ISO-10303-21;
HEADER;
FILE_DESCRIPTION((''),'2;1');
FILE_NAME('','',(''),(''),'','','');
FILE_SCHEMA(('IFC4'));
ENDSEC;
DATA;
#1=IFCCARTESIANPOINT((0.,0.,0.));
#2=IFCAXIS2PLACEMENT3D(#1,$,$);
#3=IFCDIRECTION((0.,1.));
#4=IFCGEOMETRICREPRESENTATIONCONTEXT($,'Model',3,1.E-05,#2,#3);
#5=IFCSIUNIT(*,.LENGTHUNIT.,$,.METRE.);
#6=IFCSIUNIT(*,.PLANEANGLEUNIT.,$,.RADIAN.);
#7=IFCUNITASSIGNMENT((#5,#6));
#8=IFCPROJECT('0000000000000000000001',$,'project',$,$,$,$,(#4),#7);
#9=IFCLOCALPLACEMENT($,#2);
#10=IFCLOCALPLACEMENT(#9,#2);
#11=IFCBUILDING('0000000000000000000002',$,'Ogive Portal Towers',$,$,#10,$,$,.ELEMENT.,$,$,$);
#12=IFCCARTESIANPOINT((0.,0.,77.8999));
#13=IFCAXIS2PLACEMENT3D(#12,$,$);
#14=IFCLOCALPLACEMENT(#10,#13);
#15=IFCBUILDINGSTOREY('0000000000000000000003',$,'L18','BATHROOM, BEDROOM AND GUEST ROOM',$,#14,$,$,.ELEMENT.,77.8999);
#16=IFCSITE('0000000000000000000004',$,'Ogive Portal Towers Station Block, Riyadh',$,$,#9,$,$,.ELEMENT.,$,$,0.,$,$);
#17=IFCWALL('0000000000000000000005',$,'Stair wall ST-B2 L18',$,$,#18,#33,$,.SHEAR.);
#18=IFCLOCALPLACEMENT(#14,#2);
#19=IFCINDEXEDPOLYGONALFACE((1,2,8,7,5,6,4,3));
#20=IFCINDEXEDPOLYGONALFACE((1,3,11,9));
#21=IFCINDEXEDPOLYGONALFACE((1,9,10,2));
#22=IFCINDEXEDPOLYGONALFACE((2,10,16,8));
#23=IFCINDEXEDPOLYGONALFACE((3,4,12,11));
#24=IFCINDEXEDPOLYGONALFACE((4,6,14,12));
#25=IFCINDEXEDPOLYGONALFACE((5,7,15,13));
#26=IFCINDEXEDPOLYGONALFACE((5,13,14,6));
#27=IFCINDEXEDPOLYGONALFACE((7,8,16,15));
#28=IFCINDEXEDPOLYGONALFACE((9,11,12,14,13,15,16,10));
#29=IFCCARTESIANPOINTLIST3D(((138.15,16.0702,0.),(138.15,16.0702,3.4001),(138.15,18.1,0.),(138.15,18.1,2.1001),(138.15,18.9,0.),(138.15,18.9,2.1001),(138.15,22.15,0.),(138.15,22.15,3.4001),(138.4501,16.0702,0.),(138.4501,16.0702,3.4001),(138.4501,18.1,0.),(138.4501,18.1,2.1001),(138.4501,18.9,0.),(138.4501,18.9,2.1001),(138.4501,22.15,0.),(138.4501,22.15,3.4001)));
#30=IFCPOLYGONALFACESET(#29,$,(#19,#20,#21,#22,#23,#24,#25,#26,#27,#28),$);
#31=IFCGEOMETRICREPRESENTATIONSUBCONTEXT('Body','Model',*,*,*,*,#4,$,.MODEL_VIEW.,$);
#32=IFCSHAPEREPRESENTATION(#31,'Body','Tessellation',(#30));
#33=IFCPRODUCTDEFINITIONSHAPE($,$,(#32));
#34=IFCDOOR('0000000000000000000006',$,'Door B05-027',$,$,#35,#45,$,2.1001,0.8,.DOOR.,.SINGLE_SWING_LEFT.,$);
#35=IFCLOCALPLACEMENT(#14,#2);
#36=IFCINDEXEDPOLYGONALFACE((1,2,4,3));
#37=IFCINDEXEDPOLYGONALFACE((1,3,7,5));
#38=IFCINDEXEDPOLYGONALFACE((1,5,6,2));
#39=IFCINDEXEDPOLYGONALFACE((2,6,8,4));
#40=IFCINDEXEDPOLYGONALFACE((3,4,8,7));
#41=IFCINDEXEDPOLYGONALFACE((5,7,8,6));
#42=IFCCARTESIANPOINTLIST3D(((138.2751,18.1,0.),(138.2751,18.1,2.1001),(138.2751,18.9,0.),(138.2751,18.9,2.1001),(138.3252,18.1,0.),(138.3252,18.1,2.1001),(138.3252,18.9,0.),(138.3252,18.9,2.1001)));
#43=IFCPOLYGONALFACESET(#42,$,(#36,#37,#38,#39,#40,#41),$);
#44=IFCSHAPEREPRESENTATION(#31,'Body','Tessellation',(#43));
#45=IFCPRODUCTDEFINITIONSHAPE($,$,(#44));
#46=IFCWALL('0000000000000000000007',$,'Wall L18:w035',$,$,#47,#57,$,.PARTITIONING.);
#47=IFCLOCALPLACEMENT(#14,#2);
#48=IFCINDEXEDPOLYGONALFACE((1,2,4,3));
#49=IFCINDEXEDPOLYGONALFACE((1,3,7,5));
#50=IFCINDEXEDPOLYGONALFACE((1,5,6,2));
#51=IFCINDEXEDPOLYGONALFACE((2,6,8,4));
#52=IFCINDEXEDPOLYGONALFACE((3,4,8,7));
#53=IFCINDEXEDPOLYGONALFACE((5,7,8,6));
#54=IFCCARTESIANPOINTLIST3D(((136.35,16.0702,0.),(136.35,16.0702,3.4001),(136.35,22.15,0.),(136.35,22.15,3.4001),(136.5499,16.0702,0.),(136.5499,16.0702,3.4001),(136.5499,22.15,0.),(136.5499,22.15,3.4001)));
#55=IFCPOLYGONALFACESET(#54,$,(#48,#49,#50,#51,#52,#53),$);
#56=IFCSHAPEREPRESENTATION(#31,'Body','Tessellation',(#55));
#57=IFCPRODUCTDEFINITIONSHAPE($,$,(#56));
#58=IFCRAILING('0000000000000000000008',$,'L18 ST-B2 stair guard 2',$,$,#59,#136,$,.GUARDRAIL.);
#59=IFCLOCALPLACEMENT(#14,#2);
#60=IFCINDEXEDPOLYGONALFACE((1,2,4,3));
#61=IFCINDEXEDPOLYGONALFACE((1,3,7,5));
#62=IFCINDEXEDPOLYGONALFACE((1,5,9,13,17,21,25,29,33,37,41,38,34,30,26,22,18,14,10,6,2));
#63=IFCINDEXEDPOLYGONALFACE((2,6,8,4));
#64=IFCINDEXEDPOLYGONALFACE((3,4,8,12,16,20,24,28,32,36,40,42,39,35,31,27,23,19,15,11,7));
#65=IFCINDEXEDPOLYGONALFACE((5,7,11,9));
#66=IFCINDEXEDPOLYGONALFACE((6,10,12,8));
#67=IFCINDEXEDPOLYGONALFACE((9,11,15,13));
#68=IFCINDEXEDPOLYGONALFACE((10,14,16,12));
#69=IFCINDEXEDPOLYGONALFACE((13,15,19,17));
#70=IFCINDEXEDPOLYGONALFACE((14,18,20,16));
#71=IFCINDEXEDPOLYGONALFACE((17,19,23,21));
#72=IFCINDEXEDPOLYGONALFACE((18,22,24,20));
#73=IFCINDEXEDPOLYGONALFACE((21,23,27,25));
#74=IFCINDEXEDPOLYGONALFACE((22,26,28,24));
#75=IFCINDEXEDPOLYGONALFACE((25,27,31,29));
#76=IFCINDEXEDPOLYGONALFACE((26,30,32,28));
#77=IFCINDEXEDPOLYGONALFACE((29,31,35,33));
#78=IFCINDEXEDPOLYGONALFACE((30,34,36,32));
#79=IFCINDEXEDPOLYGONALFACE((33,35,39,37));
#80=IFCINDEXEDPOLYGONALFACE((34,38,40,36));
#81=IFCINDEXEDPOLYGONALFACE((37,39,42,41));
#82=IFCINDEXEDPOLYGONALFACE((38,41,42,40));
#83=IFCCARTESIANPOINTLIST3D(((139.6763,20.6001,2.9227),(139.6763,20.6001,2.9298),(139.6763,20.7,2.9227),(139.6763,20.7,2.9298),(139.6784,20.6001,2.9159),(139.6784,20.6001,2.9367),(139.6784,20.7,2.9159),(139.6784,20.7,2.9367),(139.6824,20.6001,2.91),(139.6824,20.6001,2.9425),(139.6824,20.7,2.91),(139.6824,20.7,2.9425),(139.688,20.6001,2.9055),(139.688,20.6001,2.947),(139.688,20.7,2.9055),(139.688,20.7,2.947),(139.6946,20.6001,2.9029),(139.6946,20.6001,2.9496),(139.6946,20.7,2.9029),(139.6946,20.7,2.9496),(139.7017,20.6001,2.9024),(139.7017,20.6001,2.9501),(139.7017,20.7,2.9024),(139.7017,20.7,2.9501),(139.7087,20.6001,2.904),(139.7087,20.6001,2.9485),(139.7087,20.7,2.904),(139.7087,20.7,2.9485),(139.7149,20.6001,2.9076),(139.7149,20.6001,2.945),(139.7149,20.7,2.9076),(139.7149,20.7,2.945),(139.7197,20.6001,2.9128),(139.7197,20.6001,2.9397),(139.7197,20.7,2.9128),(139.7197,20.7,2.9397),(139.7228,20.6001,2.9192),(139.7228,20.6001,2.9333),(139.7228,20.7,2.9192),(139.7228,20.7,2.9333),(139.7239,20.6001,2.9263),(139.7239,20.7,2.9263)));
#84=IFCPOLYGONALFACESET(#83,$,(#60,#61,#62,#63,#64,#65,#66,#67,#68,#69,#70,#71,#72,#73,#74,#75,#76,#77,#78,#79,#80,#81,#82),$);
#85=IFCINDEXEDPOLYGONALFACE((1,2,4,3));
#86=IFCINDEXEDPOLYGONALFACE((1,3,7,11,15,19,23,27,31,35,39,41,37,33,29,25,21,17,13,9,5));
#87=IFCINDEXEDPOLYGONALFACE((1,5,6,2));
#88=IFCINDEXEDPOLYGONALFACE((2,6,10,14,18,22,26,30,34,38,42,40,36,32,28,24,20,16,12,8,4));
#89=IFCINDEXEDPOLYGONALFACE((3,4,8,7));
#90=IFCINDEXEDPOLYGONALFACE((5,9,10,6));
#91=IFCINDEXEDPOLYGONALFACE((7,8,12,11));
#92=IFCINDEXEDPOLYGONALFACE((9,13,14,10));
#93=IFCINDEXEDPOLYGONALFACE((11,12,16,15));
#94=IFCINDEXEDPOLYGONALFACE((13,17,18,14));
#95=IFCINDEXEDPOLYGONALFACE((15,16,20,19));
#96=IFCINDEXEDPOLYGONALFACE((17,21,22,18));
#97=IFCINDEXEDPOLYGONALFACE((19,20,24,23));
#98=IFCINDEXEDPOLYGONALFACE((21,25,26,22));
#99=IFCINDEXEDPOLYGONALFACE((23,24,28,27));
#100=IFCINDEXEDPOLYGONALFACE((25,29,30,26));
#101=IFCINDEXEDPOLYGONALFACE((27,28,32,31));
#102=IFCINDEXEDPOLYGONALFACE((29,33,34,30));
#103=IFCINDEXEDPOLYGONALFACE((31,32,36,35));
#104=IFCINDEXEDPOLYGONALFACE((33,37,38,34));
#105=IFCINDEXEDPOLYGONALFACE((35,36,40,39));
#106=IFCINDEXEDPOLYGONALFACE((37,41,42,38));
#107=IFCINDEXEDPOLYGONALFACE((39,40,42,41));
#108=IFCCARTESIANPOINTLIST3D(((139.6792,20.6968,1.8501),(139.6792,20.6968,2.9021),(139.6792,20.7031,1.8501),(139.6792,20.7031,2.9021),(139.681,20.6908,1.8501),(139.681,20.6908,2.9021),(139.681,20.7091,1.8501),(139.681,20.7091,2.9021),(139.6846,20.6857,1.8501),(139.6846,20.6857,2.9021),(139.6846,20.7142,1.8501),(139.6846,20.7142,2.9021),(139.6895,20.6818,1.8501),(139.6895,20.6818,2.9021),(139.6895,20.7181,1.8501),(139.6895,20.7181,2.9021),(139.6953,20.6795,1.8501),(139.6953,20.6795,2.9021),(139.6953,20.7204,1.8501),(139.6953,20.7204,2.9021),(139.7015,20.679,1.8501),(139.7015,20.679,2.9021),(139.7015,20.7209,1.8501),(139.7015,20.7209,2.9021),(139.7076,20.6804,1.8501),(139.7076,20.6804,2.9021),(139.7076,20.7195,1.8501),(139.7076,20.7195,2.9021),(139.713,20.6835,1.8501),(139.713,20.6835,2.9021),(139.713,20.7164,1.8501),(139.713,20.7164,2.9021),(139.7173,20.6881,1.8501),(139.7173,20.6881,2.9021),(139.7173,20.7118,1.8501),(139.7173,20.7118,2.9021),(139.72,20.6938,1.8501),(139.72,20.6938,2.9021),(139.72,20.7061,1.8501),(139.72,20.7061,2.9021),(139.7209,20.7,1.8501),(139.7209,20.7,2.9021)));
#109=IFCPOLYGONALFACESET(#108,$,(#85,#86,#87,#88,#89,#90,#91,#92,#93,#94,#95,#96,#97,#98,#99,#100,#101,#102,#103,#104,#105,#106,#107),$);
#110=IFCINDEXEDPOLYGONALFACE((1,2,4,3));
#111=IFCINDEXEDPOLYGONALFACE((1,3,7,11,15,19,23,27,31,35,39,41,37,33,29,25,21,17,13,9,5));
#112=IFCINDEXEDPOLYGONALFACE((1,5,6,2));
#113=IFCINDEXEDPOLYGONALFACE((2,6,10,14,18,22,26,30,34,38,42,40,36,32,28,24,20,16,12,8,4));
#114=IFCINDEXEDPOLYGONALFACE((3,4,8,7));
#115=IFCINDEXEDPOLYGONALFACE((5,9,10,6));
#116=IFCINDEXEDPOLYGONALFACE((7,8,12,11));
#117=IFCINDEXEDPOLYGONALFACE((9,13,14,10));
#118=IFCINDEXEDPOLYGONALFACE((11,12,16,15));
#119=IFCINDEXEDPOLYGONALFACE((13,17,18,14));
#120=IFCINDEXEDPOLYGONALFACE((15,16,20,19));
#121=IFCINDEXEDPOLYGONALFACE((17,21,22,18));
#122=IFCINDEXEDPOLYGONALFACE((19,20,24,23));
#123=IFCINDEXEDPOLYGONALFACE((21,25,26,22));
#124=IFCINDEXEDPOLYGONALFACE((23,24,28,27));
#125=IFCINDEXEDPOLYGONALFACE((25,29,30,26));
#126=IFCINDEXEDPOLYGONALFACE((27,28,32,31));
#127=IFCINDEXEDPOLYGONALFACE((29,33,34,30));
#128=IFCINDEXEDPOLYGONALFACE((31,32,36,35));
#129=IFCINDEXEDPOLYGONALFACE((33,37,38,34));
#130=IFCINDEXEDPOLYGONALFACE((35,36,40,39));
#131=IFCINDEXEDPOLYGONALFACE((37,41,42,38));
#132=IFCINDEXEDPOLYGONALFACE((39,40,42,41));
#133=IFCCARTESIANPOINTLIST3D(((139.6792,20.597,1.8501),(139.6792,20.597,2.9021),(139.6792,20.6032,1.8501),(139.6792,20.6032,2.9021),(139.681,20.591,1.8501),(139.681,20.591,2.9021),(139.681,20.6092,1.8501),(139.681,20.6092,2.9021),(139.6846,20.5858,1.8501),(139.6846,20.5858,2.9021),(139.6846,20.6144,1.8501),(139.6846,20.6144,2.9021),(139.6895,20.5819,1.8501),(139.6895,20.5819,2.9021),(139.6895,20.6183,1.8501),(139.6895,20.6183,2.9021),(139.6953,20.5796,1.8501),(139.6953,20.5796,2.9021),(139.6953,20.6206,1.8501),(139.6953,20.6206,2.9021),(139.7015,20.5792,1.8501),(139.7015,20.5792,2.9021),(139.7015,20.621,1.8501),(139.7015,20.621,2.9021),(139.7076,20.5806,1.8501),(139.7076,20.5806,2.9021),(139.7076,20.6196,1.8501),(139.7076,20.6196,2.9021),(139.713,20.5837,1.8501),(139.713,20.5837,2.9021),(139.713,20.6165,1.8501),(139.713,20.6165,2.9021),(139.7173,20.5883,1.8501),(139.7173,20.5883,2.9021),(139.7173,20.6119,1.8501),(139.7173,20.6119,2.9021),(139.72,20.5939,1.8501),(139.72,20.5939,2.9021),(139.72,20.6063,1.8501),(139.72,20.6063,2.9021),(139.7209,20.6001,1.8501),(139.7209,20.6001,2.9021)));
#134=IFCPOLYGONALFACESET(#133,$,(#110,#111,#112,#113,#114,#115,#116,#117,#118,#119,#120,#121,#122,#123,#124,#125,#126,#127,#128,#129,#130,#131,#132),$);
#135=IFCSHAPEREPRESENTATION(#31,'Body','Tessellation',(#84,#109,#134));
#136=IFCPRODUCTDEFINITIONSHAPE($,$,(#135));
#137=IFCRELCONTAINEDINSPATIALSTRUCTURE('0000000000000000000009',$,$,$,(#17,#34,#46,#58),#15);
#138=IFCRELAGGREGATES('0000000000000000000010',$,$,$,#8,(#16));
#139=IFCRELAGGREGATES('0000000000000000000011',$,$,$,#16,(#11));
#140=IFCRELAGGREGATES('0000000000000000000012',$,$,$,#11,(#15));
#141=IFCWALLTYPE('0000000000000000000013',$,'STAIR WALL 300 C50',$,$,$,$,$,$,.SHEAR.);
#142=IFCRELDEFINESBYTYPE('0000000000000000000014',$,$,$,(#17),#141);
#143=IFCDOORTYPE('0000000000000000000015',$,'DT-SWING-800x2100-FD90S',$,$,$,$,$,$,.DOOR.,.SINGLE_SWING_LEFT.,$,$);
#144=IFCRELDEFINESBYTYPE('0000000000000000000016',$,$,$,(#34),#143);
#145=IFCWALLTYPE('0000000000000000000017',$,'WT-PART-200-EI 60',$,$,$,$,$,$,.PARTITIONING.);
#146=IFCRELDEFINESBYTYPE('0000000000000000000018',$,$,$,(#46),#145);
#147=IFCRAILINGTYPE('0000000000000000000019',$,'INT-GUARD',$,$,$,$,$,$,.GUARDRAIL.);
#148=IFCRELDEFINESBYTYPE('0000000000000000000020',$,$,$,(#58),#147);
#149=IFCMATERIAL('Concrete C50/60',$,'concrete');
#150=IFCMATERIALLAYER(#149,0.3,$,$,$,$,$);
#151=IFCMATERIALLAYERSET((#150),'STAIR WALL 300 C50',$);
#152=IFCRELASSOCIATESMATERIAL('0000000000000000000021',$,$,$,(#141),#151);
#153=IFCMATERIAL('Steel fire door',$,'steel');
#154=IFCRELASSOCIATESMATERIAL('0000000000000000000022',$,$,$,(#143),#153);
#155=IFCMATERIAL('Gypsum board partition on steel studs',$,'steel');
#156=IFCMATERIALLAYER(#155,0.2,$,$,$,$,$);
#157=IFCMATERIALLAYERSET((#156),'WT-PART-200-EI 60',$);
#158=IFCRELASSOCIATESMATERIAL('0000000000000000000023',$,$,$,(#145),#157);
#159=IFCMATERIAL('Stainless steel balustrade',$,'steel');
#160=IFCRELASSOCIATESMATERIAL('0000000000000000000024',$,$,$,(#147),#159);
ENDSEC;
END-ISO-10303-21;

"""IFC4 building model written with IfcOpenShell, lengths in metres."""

from ifc_helpers import new_model, si_unit, direction, frame, frame_2d, origin, origin_2d, place, context, subcontext, project, spatial, rectangle, circle, extrude, material, layer, layer_set, type_object, element, fill, save


model = new_model("IFC4")

# Units and contexts
model_context = context("Model", 3, precision=1e-05, world=origin(), true_north=direction((0.0, 1.0)))
body_context = subcontext(model_context, "Body", "Model", "MODEL_VIEW")
ifc_project = project(units=[si_unit("LENGTHUNIT", "METRE"), si_unit("PLANEANGLEUNIT", "RADIAN")], contexts=[model_context])

# Site, building, storey
site_placement = place(None, origin())
site = spatial("IfcSite", under=ifc_project, at=site_placement, Name="Ogive Portal Towers Station Block, Riyadh", CompositionType="ELEMENT", RefElevation=0.0)
building_placement = place(site_placement, origin())
building = spatial("IfcBuilding", under=site, at=building_placement, Name="Ogive Portal Towers", CompositionType="ELEMENT")
storey_placement = place(building_placement, frame((0.0, 0.0, 77.8999)))
storey = spatial("IfcBuildingStorey", under=building, at=storey_placement, Name="L18", Description="BATHROOM, BEDROOM AND GUEST ROOM", CompositionType="ELEMENT", Elevation=77.8999)

# Shared definitions
ifc_material_1 = material(Name="Concrete C50/60", Category="concrete")

# Shared definitions
ifc_material_2 = material(Name="Steel fire door", Category="steel")

# Shared definitions
ifc_layer_1 = layer(ifc_material_1, 0.3)
ifc_layer_set_1 = layer_set([ifc_layer_1], Name="STAIR WALL 300 C50")
wall_type_1 = type_object("IfcWallType", Name="STAIR WALL 300 C50", PredefinedType="SHEAR", material=ifc_layer_set_1)

# Wall, opening, door
wall_1_placement = place(storey_placement, frame((138.3, 16.0701, 0.0), z_axis=(0.0, 0.0, 1.0), x_axis=(0.0, 1.0, 0.0)))
wall_1 = element("IfcWall", 1, at=wall_1_placement, inside=storey, type_object=wall_type_1, Name="Stair wall ST-B2 L18", PredefinedType="SHEAR", context=body_context, shape_type="SweptSolid", body=[
    extrude(rectangle(XDim=6.0798, YDim=0.3, at=frame_2d((3.04, 0.0))), origin(), (0.0, 0.0, 1.0), 3.4001),
])
opening_1_placement = place(wall_1_placement, frame((2.03, 0.0, 0.0)))
opening_1 = element("IfcOpeningElement", 2, at=opening_1_placement, cuts=wall_1, PredefinedType="OPENING", context=body_context, shape_type="SweptSolid", body=[
    extrude(rectangle(XDim=0.8, YDim=2.1001, at=frame_2d((0.3999, 1.05))), frame((0.0, 0.1602, 0.0), z_axis=(0.0, -1.0, 0.0), x_axis=(1.0, 0.0, 0.0)), (0.0, 0.0, 1.0), 0.3201),
])
door_type_1 = type_object("IfcDoorType", Name="DT-SWING-800x2100-FD90S", OperationType="SINGLE_SWING_LEFT", PredefinedType="DOOR", material=ifc_material_2)
door_1_placement = place(opening_1_placement, origin())
door_1 = element("IfcDoor", 3, at=door_1_placement, inside=storey, type_object=door_type_1, Name="Door B05-027", OperationType="SINGLE_SWING_LEFT", OverallHeight=2.1001, OverallWidth=0.8, PredefinedType="DOOR", context=body_context, shape_type="SweptSolid", body=[
    extrude(rectangle(XDim=0.8, YDim=2.1001, at=frame_2d((0.3999, 1.05))), frame((0.0, 0.0249, 0.0), z_axis=(0.0, -1.0, 0.0), x_axis=(1.0, 0.0, 0.0)), (0.0, 0.0, 1.0), 0.05),
])
fill(opening_1, door_1)

# Wall
ifc_material_3 = material(Name="Gypsum board partition on steel studs", Category="steel")
ifc_layer_2 = layer(ifc_material_3, 0.2)
ifc_layer_set_2 = layer_set([ifc_layer_2], Name="WT-PART-200-EI 60")
wall_type_2 = type_object("IfcWallType", Name="WT-PART-200-EI 60", PredefinedType="PARTITIONING", material=ifc_layer_set_2)
wall_2_placement = place(storey_placement, frame((136.45, 16.0701, 0.0), z_axis=(0.0, 0.0, 1.0), x_axis=(0.0, 1.0, 0.0)))
element("IfcWall", 4, at=wall_2_placement, inside=storey, type_object=wall_type_2, Name="Wall L18:w035", PredefinedType="PARTITIONING", context=body_context, shape_type="SweptSolid", body=[
    extrude(rectangle(XDim=6.0798, YDim=0.2, at=frame_2d((3.04, 0.0))), origin(), (0.0, 0.0, 1.0), 3.4001),
])

# Railing
ifc_material_4 = material(Name="Stainless steel balustrade", Category="steel")
railing_type_1 = type_object("IfcRailingType", Name="INT-GUARD", PredefinedType="GUARDRAIL", material=ifc_material_4)
railing_1_placement = place(storey_placement, frame((139.7, 20.7, 1.8501)))
element("IfcRailing", 5, at=railing_1_placement, inside=storey, type_object=railing_type_1, Name="L18 ST-B2 stair guard 2", PredefinedType="GUARDRAIL", context=body_context, shape_type="SweptSolid", body=[
    extrude(circle(Radius=0.0239, at=origin_2d()), frame((0.0, 0.0, 1.0762), z_axis=(0.0, -1.0, 0.0), x_axis=(1.0, 0.0, 0.0)), (0.0, 0.0, 1.0), 0.0999),
    extrude(circle(Radius=0.021, at=origin_2d()), origin(), (0.0, 0.0, 1.0), 1.052),
    extrude(circle(Radius=0.021, at=origin_2d()), frame((0.0, -0.0999, 0.0)), (0.0, 0.0, 1.0), 1.052),
])

save(model, "model.ifc")
